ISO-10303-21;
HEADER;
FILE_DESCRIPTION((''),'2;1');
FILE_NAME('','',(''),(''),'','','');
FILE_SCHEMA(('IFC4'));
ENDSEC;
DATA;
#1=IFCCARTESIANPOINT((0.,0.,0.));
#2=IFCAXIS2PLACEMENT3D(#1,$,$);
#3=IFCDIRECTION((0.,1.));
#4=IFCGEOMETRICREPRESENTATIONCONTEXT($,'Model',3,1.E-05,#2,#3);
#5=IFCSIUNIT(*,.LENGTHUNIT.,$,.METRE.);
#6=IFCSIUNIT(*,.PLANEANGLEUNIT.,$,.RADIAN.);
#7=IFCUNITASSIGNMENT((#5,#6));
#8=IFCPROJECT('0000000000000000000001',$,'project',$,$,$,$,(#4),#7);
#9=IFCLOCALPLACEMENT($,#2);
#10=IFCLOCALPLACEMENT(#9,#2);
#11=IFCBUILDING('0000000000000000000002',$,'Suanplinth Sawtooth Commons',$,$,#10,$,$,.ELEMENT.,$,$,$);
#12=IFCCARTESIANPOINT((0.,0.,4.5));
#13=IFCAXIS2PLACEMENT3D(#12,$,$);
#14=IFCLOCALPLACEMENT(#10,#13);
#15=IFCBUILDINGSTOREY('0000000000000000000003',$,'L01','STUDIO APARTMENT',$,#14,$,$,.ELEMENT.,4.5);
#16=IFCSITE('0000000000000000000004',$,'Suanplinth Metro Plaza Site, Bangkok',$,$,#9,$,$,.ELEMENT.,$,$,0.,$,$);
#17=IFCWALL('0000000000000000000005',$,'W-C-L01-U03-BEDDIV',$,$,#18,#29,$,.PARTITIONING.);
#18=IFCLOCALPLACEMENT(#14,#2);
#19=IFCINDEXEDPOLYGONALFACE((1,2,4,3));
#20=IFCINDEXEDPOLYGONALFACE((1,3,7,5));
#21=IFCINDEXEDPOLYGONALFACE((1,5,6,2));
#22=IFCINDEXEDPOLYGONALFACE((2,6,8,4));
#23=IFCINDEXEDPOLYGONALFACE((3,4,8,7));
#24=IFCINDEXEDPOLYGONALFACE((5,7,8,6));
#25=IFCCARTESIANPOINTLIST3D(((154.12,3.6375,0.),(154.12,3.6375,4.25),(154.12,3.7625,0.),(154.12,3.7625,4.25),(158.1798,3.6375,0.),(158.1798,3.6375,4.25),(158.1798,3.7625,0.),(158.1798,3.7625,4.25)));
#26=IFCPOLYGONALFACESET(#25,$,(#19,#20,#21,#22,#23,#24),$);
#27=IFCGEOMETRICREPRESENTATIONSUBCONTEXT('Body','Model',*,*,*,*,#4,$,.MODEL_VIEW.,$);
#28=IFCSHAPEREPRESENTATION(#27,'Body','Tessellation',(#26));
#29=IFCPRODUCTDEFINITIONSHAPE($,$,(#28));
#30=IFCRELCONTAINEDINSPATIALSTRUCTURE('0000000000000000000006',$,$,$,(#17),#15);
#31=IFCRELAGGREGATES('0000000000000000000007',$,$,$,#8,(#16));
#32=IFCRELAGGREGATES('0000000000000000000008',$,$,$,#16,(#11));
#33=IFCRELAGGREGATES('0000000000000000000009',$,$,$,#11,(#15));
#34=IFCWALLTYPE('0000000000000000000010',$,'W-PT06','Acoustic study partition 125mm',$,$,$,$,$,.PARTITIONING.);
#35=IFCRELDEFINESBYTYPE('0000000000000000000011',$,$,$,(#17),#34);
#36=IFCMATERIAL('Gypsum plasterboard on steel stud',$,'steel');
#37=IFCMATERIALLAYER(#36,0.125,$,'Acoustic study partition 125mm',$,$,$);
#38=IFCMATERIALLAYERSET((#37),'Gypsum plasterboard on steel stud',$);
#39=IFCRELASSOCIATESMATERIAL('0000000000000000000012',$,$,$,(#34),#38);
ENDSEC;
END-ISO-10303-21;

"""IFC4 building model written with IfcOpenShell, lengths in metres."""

from ifc_helpers import new_model, si_unit, direction, frame, frame_2d, origin, place, context, subcontext, project, spatial, rectangle, extrude, material, layer, layer_set, type_object, element, save


model = new_model("IFC4")

# Units and contexts
model_context = context("Model", 3, precision=1e-05, world=origin(), true_north=direction((0.0, 1.0)))
body_context = subcontext(model_context, "Body", "Model", "MODEL_VIEW")
ifc_project = project(units=[si_unit("LENGTHUNIT", "METRE"), si_unit("PLANEANGLEUNIT", "RADIAN")], contexts=[model_context])

# Site, building, storey
site_placement = place(None, origin())
site = spatial("IfcSite", under=ifc_project, at=site_placement, Name="Suanplinth Metro Plaza Site, Bangkok", CompositionType="ELEMENT", RefElevation=0.0)
building_placement = place(site_placement, origin())
building = spatial("IfcBuilding", under=site, at=building_placement, Name="Suanplinth Sawtooth Commons", CompositionType="ELEMENT")
storey_placement = place(building_placement, frame((0.0, 0.0, 4.5)))
storey = spatial("IfcBuildingStorey", under=building, at=storey_placement, Name="L01", Description="STUDIO APARTMENT", CompositionType="ELEMENT", Elevation=4.5)

# Shared definitions
ifc_material_1 = material(Name="Gypsum plasterboard on steel stud", Category="steel")

# Wall
ifc_layer_1 = layer(ifc_material_1, 0.125, Name="Acoustic study partition 125mm")
ifc_layer_set_1 = layer_set([ifc_layer_1], Name="Gypsum plasterboard on steel stud")
wall_type_1 = type_object("IfcWallType", Name="W-PT06", Description="Acoustic study partition 125mm", PredefinedType="PARTITIONING", material=ifc_layer_set_1)
wall_1_placement = place(storey_placement, frame((154.1201, 3.7, 0.0), z_axis=(0.0, 0.0, 1.0), x_axis=(1.0, 0.0, 0.0)))
element("IfcWall", 1, at=wall_1_placement, inside=storey, type_object=wall_type_1, Name="W-C-L01-U03-BEDDIV", PredefinedType="PARTITIONING", context=body_context, shape_type="SweptSolid", body=[
    extrude(rectangle(XDim=4.0598, YDim=0.125, at=frame_2d((2.0298, 0.0))), origin(), (0.0, 0.0, 1.0), 4.25),
])

save(model, "model.ifc")
